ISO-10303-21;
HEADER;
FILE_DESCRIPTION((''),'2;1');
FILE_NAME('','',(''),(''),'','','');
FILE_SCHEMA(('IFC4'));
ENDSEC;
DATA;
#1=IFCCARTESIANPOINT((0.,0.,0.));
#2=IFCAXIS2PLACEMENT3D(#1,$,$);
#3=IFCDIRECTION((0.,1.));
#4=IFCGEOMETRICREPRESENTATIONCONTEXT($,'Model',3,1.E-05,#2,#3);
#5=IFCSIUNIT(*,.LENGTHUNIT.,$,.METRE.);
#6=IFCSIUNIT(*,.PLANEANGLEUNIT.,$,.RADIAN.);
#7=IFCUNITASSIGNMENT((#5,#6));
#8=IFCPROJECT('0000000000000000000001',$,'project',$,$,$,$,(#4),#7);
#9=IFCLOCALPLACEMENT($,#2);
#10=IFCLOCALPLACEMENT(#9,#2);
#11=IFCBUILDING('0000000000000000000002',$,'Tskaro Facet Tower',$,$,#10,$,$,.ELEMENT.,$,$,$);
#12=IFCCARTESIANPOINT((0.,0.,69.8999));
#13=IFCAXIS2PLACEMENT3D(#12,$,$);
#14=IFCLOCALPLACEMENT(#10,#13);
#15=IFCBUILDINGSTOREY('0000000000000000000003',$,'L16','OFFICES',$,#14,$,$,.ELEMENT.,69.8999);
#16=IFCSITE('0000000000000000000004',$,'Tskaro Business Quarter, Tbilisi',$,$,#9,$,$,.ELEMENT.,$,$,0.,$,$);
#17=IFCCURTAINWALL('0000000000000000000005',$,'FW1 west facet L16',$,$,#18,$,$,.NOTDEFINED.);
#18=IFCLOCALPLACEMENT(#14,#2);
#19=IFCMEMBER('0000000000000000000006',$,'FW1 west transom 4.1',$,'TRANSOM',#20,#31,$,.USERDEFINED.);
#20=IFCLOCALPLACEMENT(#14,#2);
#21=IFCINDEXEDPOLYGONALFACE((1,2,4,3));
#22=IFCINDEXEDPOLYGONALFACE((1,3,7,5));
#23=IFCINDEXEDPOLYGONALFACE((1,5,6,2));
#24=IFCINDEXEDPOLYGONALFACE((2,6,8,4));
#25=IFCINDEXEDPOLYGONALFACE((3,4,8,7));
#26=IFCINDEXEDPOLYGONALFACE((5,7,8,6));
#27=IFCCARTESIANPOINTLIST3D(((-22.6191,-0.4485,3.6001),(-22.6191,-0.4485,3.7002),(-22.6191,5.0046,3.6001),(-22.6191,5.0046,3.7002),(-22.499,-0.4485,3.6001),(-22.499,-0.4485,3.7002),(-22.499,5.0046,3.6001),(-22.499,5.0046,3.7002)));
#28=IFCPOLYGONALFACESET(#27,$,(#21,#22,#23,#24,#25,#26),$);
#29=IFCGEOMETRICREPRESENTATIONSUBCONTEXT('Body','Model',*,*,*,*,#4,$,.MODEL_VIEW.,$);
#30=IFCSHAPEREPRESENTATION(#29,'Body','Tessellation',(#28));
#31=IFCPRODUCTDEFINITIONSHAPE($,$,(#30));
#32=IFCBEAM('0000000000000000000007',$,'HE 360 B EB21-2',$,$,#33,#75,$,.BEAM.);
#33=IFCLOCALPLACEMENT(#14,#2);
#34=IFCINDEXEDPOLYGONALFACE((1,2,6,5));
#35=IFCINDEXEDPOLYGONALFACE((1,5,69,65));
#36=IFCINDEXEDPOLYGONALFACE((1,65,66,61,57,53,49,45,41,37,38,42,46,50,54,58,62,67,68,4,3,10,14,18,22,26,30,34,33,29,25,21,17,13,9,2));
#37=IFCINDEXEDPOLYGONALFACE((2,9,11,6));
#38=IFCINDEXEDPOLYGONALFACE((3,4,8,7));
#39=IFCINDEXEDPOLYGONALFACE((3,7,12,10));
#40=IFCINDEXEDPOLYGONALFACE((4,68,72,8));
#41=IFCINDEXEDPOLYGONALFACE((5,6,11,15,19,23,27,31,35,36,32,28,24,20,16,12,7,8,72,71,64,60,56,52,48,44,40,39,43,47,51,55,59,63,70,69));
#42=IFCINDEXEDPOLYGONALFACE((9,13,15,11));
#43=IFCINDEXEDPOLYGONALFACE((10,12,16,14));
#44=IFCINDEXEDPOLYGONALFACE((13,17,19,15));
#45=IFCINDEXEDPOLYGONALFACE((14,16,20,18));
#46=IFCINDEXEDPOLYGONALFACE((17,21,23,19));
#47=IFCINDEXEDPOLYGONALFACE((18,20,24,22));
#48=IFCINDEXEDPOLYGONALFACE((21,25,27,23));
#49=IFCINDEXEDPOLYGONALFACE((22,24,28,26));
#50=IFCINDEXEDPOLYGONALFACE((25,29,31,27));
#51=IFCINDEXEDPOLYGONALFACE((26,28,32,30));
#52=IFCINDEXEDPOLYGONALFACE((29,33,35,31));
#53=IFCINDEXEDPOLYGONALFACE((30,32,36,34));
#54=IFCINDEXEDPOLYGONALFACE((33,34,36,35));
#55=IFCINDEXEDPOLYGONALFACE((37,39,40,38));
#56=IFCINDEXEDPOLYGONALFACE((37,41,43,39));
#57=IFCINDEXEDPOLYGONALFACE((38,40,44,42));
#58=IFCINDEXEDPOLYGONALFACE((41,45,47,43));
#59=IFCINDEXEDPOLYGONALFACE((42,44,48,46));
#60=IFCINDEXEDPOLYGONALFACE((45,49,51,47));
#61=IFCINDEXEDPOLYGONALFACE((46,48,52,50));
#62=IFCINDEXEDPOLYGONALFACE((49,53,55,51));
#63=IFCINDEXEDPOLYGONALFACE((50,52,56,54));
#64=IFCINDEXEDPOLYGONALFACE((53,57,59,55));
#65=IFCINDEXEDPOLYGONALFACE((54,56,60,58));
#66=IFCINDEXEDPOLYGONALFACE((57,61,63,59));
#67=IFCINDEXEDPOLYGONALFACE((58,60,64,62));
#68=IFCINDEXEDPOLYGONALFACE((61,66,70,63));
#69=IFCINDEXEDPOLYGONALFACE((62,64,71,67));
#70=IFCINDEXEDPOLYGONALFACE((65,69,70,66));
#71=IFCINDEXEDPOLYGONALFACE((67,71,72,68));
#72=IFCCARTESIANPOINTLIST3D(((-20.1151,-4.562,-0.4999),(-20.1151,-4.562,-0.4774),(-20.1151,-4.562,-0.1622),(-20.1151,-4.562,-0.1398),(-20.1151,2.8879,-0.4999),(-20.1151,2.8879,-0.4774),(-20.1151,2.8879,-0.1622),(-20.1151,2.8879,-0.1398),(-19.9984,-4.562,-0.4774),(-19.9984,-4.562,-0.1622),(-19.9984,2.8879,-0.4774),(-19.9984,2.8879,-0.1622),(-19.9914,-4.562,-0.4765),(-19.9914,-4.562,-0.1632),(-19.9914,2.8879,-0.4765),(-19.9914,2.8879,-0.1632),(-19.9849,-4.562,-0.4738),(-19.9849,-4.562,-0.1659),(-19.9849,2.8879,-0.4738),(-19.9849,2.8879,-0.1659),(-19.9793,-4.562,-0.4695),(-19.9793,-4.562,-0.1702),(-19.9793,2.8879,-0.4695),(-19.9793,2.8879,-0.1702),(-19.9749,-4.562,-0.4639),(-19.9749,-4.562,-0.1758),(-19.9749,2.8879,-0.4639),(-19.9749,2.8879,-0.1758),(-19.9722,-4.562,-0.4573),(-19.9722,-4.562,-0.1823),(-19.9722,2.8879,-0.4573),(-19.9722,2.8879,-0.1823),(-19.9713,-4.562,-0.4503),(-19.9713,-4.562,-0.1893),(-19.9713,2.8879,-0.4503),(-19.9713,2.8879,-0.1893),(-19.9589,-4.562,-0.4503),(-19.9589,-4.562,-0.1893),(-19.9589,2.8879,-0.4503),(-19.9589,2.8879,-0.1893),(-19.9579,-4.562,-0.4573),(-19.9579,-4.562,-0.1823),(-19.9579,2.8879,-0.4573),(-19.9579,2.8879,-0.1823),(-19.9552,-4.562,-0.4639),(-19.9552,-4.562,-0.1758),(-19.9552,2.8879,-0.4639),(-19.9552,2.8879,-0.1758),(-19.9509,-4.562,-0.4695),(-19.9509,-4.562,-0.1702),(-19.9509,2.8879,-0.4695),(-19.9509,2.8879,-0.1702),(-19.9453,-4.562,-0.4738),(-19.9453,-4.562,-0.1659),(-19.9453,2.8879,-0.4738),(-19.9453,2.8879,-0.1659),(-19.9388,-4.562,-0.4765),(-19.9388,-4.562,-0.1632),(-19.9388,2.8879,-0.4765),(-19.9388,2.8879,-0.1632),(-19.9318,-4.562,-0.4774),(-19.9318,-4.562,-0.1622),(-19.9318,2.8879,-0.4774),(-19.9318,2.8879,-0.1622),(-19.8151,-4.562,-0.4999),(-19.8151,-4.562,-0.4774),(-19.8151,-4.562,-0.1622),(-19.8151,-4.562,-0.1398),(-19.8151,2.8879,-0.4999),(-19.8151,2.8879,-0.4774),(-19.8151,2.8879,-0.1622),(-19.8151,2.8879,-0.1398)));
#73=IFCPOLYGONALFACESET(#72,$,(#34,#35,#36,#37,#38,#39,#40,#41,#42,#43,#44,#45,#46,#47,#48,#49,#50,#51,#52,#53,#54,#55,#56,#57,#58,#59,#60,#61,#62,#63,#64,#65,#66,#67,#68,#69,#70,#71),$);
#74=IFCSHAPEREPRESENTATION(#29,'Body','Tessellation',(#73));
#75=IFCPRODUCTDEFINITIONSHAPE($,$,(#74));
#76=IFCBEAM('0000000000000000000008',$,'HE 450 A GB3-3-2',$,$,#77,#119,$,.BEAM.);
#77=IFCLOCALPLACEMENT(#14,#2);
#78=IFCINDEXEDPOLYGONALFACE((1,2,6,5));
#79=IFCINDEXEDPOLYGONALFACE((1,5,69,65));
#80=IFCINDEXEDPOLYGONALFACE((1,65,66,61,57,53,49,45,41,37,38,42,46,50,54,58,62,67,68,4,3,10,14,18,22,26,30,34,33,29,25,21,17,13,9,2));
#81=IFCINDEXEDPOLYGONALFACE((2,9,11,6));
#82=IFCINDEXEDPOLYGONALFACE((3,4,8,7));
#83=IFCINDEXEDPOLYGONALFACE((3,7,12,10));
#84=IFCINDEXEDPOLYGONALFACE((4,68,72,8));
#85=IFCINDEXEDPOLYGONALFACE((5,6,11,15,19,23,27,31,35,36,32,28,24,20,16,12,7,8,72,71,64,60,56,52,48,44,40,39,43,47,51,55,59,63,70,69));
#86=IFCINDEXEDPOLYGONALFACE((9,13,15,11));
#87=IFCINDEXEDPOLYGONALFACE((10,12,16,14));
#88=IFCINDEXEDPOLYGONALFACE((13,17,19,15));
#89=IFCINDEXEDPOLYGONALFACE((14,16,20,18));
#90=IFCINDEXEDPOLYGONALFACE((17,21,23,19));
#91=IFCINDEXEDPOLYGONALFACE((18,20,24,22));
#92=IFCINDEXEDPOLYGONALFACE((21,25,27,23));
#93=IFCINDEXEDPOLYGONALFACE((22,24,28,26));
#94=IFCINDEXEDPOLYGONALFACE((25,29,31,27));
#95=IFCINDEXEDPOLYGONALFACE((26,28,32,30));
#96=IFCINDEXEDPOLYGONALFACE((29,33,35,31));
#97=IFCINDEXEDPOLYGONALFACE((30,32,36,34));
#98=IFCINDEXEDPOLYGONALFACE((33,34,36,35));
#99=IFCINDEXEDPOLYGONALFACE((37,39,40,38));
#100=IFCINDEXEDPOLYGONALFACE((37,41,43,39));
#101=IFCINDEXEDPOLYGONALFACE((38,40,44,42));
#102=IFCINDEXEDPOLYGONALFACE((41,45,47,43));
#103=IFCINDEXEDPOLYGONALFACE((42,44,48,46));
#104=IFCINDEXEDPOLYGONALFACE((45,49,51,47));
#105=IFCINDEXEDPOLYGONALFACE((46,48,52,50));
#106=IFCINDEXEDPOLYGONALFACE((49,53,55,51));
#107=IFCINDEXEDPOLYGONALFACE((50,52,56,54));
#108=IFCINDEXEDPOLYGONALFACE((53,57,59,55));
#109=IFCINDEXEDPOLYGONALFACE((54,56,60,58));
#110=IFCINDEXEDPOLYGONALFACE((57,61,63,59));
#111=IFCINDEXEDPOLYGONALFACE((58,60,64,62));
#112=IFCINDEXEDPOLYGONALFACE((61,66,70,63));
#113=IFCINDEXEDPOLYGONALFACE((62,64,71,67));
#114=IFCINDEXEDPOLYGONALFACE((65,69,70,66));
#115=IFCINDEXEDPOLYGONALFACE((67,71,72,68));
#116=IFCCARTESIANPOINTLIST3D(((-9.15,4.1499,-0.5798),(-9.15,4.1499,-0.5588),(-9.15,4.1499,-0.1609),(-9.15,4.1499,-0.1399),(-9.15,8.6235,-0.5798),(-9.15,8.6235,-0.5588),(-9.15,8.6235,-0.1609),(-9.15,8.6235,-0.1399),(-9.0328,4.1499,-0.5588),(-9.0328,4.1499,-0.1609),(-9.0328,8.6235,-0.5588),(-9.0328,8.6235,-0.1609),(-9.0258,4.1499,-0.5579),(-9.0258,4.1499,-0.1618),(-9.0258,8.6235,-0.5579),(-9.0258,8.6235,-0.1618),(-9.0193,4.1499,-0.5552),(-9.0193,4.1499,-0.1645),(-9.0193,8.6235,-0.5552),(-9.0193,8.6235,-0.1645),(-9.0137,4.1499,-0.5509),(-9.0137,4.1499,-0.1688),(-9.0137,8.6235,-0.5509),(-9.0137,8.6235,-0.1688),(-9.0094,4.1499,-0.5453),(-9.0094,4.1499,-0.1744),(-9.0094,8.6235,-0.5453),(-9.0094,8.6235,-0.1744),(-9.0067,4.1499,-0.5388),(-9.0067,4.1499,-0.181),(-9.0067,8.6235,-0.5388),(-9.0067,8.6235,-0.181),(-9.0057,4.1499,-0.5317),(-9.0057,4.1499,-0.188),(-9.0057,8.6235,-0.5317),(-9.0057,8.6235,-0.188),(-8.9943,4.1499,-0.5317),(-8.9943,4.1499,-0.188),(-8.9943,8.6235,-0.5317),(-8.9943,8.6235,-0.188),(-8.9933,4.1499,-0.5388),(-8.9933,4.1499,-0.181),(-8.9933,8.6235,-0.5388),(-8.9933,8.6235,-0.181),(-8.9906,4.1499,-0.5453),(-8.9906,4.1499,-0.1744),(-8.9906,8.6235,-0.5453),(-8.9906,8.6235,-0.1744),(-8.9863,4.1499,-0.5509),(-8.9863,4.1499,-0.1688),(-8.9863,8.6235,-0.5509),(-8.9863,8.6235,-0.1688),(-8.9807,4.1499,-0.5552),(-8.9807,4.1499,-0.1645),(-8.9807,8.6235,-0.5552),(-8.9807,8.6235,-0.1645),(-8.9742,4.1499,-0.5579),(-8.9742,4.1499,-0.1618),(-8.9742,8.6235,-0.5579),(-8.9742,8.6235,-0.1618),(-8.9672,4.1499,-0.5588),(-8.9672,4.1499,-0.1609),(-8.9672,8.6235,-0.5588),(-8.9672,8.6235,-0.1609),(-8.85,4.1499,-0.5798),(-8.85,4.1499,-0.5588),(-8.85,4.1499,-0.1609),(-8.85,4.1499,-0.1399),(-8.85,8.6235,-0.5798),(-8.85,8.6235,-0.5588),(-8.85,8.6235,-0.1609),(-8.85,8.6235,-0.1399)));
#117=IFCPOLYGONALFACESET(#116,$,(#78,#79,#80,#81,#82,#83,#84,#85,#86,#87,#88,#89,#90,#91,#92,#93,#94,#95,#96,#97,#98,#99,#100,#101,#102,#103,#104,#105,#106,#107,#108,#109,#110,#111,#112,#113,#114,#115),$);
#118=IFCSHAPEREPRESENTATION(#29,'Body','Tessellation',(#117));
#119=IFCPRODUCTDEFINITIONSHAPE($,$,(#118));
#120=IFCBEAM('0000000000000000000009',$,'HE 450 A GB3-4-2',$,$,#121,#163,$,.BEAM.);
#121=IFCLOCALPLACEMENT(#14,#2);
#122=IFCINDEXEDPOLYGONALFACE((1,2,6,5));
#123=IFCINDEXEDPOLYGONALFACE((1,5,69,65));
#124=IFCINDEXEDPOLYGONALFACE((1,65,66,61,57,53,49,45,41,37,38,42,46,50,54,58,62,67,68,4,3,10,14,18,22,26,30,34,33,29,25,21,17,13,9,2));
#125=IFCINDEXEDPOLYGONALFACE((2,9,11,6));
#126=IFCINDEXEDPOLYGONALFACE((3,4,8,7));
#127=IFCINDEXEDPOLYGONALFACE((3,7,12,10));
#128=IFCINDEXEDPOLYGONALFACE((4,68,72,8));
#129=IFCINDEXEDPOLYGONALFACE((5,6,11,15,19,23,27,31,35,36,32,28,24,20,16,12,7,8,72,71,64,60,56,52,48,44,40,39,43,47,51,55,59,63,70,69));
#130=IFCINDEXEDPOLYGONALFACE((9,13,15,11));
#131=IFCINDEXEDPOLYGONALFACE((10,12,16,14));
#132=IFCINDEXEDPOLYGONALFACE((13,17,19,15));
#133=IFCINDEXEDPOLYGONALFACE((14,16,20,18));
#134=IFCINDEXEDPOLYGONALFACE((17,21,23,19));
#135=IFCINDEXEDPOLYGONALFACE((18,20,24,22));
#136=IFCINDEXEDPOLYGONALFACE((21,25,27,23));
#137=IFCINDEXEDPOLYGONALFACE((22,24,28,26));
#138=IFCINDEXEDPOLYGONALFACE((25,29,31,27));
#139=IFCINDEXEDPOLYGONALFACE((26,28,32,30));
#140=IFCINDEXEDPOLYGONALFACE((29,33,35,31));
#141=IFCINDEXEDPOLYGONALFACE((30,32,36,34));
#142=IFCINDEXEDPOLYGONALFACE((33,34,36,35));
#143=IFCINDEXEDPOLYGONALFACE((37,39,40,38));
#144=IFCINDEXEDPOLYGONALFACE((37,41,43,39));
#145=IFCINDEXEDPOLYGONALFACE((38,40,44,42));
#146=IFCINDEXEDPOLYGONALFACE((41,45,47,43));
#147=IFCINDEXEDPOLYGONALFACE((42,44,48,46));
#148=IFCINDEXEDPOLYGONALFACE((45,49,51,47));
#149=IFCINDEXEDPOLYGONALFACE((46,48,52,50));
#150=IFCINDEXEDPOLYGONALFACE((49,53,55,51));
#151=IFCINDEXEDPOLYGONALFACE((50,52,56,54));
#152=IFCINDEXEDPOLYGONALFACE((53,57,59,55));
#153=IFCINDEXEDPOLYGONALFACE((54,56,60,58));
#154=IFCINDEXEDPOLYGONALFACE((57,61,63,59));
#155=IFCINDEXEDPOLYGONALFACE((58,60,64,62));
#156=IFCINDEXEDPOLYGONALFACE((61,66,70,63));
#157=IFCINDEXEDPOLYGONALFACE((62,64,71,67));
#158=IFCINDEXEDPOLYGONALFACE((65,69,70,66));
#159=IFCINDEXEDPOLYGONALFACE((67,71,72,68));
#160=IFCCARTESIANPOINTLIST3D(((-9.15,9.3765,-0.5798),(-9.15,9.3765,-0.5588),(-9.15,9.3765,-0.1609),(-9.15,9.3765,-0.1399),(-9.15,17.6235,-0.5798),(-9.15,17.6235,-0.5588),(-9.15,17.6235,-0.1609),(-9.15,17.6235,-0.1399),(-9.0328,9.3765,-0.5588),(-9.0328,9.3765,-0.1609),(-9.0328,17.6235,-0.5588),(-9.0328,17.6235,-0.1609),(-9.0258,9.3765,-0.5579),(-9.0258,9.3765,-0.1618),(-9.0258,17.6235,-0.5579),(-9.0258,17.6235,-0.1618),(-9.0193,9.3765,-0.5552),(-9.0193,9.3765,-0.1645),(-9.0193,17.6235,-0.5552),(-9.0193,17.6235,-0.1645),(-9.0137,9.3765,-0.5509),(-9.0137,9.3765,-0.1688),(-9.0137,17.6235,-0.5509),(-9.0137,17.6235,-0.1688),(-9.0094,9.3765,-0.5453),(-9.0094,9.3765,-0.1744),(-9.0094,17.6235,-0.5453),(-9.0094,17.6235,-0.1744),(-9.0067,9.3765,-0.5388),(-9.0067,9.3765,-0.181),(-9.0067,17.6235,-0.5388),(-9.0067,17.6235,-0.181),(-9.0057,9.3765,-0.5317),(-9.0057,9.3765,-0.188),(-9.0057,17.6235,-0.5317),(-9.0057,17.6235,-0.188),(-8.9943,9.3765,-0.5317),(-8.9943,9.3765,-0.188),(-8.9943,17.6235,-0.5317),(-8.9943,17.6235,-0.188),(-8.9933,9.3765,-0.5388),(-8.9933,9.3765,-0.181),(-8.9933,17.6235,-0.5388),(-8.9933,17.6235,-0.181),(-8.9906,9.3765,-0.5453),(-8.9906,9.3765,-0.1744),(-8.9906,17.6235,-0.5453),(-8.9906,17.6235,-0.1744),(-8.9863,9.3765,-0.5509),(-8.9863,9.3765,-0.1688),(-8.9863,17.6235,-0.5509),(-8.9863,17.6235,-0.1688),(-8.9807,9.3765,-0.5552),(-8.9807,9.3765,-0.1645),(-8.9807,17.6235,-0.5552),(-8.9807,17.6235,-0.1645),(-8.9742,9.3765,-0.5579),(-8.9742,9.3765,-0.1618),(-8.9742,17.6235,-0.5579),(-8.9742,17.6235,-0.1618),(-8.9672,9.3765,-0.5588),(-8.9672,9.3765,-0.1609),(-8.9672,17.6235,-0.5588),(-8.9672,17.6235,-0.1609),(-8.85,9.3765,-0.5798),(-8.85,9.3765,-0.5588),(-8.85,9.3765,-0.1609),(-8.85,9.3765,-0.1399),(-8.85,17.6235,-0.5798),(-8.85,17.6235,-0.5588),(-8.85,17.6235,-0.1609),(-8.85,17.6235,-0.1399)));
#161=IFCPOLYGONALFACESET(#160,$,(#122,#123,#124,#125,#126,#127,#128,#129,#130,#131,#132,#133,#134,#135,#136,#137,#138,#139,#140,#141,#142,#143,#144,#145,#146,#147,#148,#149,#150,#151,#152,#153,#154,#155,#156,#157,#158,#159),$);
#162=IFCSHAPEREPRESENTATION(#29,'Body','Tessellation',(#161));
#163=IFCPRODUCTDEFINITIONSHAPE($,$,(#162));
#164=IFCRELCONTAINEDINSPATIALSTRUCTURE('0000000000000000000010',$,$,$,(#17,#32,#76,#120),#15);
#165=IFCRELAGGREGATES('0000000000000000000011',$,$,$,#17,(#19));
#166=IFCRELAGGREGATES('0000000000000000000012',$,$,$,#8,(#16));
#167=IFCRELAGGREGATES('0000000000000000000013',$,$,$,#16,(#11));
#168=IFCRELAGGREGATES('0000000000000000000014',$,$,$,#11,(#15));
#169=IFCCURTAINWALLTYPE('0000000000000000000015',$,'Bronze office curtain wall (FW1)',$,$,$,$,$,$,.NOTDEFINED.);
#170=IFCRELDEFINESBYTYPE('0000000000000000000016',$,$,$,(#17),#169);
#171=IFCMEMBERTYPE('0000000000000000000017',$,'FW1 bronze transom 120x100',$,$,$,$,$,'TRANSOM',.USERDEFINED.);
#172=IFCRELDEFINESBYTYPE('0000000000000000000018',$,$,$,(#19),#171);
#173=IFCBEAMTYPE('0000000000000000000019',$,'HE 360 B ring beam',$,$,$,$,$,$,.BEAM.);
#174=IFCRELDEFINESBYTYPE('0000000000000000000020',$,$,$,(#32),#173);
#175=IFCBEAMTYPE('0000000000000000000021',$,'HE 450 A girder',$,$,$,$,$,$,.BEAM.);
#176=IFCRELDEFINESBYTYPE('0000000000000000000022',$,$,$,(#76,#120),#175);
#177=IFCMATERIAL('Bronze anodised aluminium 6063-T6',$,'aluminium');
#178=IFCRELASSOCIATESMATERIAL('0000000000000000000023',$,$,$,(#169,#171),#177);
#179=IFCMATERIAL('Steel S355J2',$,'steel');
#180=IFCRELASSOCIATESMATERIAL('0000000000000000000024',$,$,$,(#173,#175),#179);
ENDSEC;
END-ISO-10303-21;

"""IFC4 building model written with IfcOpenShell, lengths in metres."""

from ifc_helpers import new_model, si_unit, direction, frame, origin, origin_2d, place, context, subcontext, project, spatial, rectangle, i_section, extrude, material, material_profile, profile_set, type_object, element, aggregate, save


model = new_model("IFC4")

# Units and contexts
model_context = context("Model", 3, precision=1e-05, world=origin(), true_north=direction((0.0, 1.0)))
body_context = subcontext(model_context, "Body", "Model", "MODEL_VIEW")
ifc_project = project(units=[si_unit("LENGTHUNIT", "METRE"), si_unit("PLANEANGLEUNIT", "RADIAN")], contexts=[model_context])

# Site, building, storey
site_placement = place(None, origin())
site = spatial("IfcSite", under=ifc_project, at=site_placement, Name="Tskaro Business Quarter, Tbilisi", CompositionType="ELEMENT", RefElevation=0.0)
building_placement = place(site_placement, origin())
building = spatial("IfcBuilding", under=site, at=building_placement, Name="Tskaro Facet Tower", CompositionType="ELEMENT")
storey_placement = place(building_placement, frame((0.0, 0.0, 69.8999)))
storey = spatial("IfcBuildingStorey", under=building, at=storey_placement, Name="L16", Description="OFFICES", CompositionType="ELEMENT", Elevation=69.8999)

# Curtain wall, member
ifc_material_1 = material(Name="Bronze anodised aluminium 6063-T6", Category="aluminium")
curtain_wall_type = type_object("IfcCurtainWallType", Name="Bronze office curtain wall (FW1)", PredefinedType="NOTDEFINED", material=ifc_material_1)
curtain_wall_placement = place(storey_placement, origin())
curtain_wall = element("IfcCurtainWall", 1, at=curtain_wall_placement, inside=storey, type_object=curtain_wall_type, Name="FW1 west facet L16", PredefinedType="NOTDEFINED")
ifc_material_profile_1 = material_profile(ifc_material_1, rectangle(XDim=0.1201, YDim=0.1001, at=origin_2d()), Name="Transom 120x100")
ifc_profile_set_1 = profile_set([ifc_material_profile_1], Name="Bronze anodised aluminium 6063-T6")
member_type_1 = type_object("IfcMemberType", Name="FW1 bronze transom 120x100", ElementType="TRANSOM", PredefinedType="USERDEFINED", material=ifc_profile_set_1)
member_1_placement = place(storey_placement, frame((-22.5591, 5.0046, 3.6501), z_axis=(0.0, -1.0, 0.0), x_axis=(1.0, 0.0, 0.0)))
member_1 = element("IfcMember", 2, at=member_1_placement, type_object=member_type_1, Name="FW1 west transom 4.1", ObjectType="TRANSOM", PredefinedType="USERDEFINED", context=body_context, shape_type="SweptSolid", body=[
    extrude(rectangle(XDim=0.1201, YDim=0.1001, at=origin_2d()), origin(), (0.0, 0.0, 1.0), 5.4531),
])

# Beams
ifc_material_2 = material(Name="Steel S355J2", Category="steel")
ifc_material_profile_2 = material_profile(ifc_material_2, i_section(OverallWidth=0.3, OverallDepth=0.3601, WebThickness=0.0125, FlangeThickness=0.0225, FilletRadius=0.0271, at=origin_2d()), Name="HE 360 B")
ifc_profile_set_2 = profile_set([ifc_material_profile_2], Name="Steel S355J2")
beam_type_1 = type_object("IfcBeamType", Name="HE 360 B ring beam", PredefinedType="BEAM", material=ifc_profile_set_2)
beam_1_placement = place(storey_placement, frame((-19.9651, 2.8879, -0.3198), z_axis=(0.0, -1.0, 0.0), x_axis=(1.0, 0.0, 0.0)))
element("IfcBeam", 3, at=beam_1_placement, inside=storey, type_object=beam_type_1, Name="HE 360 B EB21-2", PredefinedType="BEAM", context=body_context, shape_type="SweptSolid", body=[
    extrude(i_section(OverallWidth=0.3, OverallDepth=0.3601, WebThickness=0.0125, FlangeThickness=0.0225, FilletRadius=0.0271, at=origin_2d()), origin(), (0.0, 0.0, 1.0), 7.45),
])
ifc_material_profile_3 = material_profile(ifc_material_2, i_section(OverallWidth=0.3, OverallDepth=0.4399, WebThickness=0.0115, FlangeThickness=0.021, FilletRadius=0.0271, at=origin_2d()), Name="HE 450 A")
ifc_profile_set_3 = profile_set([ifc_material_profile_3], Name="Steel S355J2")
beam_type_2 = type_object("IfcBeamType", Name="HE 450 A girder", PredefinedType="BEAM", material=ifc_profile_set_3)
beam_2_placement = place(storey_placement, frame((-9.0, 4.1499, -0.3599), z_axis=(0.0, 1.0, 0.0), x_axis=(-1.0, 0.0, 0.0)))
element("IfcBeam", 4, at=beam_2_placement, inside=storey, type_object=beam_type_2, Name="HE 450 A GB3-3-2", PredefinedType="BEAM", context=body_context, shape_type="SweptSolid", body=[
    extrude(i_section(OverallWidth=0.3, OverallDepth=0.4399, WebThickness=0.0115, FlangeThickness=0.021, FilletRadius=0.0271, at=origin_2d()), origin(), (0.0, 0.0, 1.0), 4.4736),
])
beam_3_placement = place(storey_placement, frame((-9.0, 9.3765, -0.3599), z_axis=(0.0, 1.0, 0.0), x_axis=(-1.0, 0.0, 0.0)))
element("IfcBeam", 5, at=beam_3_placement, inside=storey, type_object=beam_type_2, Name="HE 450 A GB3-4-2", PredefinedType="BEAM", context=body_context, shape_type="SweptSolid", body=[
    extrude(i_section(OverallWidth=0.3, OverallDepth=0.4399, WebThickness=0.0115, FlangeThickness=0.021, FilletRadius=0.0271, at=origin_2d()), origin(), (0.0, 0.0, 1.0), 8.2471),
])

aggregate(curtain_wall, [member_1])

save(model, "model.ifc")
